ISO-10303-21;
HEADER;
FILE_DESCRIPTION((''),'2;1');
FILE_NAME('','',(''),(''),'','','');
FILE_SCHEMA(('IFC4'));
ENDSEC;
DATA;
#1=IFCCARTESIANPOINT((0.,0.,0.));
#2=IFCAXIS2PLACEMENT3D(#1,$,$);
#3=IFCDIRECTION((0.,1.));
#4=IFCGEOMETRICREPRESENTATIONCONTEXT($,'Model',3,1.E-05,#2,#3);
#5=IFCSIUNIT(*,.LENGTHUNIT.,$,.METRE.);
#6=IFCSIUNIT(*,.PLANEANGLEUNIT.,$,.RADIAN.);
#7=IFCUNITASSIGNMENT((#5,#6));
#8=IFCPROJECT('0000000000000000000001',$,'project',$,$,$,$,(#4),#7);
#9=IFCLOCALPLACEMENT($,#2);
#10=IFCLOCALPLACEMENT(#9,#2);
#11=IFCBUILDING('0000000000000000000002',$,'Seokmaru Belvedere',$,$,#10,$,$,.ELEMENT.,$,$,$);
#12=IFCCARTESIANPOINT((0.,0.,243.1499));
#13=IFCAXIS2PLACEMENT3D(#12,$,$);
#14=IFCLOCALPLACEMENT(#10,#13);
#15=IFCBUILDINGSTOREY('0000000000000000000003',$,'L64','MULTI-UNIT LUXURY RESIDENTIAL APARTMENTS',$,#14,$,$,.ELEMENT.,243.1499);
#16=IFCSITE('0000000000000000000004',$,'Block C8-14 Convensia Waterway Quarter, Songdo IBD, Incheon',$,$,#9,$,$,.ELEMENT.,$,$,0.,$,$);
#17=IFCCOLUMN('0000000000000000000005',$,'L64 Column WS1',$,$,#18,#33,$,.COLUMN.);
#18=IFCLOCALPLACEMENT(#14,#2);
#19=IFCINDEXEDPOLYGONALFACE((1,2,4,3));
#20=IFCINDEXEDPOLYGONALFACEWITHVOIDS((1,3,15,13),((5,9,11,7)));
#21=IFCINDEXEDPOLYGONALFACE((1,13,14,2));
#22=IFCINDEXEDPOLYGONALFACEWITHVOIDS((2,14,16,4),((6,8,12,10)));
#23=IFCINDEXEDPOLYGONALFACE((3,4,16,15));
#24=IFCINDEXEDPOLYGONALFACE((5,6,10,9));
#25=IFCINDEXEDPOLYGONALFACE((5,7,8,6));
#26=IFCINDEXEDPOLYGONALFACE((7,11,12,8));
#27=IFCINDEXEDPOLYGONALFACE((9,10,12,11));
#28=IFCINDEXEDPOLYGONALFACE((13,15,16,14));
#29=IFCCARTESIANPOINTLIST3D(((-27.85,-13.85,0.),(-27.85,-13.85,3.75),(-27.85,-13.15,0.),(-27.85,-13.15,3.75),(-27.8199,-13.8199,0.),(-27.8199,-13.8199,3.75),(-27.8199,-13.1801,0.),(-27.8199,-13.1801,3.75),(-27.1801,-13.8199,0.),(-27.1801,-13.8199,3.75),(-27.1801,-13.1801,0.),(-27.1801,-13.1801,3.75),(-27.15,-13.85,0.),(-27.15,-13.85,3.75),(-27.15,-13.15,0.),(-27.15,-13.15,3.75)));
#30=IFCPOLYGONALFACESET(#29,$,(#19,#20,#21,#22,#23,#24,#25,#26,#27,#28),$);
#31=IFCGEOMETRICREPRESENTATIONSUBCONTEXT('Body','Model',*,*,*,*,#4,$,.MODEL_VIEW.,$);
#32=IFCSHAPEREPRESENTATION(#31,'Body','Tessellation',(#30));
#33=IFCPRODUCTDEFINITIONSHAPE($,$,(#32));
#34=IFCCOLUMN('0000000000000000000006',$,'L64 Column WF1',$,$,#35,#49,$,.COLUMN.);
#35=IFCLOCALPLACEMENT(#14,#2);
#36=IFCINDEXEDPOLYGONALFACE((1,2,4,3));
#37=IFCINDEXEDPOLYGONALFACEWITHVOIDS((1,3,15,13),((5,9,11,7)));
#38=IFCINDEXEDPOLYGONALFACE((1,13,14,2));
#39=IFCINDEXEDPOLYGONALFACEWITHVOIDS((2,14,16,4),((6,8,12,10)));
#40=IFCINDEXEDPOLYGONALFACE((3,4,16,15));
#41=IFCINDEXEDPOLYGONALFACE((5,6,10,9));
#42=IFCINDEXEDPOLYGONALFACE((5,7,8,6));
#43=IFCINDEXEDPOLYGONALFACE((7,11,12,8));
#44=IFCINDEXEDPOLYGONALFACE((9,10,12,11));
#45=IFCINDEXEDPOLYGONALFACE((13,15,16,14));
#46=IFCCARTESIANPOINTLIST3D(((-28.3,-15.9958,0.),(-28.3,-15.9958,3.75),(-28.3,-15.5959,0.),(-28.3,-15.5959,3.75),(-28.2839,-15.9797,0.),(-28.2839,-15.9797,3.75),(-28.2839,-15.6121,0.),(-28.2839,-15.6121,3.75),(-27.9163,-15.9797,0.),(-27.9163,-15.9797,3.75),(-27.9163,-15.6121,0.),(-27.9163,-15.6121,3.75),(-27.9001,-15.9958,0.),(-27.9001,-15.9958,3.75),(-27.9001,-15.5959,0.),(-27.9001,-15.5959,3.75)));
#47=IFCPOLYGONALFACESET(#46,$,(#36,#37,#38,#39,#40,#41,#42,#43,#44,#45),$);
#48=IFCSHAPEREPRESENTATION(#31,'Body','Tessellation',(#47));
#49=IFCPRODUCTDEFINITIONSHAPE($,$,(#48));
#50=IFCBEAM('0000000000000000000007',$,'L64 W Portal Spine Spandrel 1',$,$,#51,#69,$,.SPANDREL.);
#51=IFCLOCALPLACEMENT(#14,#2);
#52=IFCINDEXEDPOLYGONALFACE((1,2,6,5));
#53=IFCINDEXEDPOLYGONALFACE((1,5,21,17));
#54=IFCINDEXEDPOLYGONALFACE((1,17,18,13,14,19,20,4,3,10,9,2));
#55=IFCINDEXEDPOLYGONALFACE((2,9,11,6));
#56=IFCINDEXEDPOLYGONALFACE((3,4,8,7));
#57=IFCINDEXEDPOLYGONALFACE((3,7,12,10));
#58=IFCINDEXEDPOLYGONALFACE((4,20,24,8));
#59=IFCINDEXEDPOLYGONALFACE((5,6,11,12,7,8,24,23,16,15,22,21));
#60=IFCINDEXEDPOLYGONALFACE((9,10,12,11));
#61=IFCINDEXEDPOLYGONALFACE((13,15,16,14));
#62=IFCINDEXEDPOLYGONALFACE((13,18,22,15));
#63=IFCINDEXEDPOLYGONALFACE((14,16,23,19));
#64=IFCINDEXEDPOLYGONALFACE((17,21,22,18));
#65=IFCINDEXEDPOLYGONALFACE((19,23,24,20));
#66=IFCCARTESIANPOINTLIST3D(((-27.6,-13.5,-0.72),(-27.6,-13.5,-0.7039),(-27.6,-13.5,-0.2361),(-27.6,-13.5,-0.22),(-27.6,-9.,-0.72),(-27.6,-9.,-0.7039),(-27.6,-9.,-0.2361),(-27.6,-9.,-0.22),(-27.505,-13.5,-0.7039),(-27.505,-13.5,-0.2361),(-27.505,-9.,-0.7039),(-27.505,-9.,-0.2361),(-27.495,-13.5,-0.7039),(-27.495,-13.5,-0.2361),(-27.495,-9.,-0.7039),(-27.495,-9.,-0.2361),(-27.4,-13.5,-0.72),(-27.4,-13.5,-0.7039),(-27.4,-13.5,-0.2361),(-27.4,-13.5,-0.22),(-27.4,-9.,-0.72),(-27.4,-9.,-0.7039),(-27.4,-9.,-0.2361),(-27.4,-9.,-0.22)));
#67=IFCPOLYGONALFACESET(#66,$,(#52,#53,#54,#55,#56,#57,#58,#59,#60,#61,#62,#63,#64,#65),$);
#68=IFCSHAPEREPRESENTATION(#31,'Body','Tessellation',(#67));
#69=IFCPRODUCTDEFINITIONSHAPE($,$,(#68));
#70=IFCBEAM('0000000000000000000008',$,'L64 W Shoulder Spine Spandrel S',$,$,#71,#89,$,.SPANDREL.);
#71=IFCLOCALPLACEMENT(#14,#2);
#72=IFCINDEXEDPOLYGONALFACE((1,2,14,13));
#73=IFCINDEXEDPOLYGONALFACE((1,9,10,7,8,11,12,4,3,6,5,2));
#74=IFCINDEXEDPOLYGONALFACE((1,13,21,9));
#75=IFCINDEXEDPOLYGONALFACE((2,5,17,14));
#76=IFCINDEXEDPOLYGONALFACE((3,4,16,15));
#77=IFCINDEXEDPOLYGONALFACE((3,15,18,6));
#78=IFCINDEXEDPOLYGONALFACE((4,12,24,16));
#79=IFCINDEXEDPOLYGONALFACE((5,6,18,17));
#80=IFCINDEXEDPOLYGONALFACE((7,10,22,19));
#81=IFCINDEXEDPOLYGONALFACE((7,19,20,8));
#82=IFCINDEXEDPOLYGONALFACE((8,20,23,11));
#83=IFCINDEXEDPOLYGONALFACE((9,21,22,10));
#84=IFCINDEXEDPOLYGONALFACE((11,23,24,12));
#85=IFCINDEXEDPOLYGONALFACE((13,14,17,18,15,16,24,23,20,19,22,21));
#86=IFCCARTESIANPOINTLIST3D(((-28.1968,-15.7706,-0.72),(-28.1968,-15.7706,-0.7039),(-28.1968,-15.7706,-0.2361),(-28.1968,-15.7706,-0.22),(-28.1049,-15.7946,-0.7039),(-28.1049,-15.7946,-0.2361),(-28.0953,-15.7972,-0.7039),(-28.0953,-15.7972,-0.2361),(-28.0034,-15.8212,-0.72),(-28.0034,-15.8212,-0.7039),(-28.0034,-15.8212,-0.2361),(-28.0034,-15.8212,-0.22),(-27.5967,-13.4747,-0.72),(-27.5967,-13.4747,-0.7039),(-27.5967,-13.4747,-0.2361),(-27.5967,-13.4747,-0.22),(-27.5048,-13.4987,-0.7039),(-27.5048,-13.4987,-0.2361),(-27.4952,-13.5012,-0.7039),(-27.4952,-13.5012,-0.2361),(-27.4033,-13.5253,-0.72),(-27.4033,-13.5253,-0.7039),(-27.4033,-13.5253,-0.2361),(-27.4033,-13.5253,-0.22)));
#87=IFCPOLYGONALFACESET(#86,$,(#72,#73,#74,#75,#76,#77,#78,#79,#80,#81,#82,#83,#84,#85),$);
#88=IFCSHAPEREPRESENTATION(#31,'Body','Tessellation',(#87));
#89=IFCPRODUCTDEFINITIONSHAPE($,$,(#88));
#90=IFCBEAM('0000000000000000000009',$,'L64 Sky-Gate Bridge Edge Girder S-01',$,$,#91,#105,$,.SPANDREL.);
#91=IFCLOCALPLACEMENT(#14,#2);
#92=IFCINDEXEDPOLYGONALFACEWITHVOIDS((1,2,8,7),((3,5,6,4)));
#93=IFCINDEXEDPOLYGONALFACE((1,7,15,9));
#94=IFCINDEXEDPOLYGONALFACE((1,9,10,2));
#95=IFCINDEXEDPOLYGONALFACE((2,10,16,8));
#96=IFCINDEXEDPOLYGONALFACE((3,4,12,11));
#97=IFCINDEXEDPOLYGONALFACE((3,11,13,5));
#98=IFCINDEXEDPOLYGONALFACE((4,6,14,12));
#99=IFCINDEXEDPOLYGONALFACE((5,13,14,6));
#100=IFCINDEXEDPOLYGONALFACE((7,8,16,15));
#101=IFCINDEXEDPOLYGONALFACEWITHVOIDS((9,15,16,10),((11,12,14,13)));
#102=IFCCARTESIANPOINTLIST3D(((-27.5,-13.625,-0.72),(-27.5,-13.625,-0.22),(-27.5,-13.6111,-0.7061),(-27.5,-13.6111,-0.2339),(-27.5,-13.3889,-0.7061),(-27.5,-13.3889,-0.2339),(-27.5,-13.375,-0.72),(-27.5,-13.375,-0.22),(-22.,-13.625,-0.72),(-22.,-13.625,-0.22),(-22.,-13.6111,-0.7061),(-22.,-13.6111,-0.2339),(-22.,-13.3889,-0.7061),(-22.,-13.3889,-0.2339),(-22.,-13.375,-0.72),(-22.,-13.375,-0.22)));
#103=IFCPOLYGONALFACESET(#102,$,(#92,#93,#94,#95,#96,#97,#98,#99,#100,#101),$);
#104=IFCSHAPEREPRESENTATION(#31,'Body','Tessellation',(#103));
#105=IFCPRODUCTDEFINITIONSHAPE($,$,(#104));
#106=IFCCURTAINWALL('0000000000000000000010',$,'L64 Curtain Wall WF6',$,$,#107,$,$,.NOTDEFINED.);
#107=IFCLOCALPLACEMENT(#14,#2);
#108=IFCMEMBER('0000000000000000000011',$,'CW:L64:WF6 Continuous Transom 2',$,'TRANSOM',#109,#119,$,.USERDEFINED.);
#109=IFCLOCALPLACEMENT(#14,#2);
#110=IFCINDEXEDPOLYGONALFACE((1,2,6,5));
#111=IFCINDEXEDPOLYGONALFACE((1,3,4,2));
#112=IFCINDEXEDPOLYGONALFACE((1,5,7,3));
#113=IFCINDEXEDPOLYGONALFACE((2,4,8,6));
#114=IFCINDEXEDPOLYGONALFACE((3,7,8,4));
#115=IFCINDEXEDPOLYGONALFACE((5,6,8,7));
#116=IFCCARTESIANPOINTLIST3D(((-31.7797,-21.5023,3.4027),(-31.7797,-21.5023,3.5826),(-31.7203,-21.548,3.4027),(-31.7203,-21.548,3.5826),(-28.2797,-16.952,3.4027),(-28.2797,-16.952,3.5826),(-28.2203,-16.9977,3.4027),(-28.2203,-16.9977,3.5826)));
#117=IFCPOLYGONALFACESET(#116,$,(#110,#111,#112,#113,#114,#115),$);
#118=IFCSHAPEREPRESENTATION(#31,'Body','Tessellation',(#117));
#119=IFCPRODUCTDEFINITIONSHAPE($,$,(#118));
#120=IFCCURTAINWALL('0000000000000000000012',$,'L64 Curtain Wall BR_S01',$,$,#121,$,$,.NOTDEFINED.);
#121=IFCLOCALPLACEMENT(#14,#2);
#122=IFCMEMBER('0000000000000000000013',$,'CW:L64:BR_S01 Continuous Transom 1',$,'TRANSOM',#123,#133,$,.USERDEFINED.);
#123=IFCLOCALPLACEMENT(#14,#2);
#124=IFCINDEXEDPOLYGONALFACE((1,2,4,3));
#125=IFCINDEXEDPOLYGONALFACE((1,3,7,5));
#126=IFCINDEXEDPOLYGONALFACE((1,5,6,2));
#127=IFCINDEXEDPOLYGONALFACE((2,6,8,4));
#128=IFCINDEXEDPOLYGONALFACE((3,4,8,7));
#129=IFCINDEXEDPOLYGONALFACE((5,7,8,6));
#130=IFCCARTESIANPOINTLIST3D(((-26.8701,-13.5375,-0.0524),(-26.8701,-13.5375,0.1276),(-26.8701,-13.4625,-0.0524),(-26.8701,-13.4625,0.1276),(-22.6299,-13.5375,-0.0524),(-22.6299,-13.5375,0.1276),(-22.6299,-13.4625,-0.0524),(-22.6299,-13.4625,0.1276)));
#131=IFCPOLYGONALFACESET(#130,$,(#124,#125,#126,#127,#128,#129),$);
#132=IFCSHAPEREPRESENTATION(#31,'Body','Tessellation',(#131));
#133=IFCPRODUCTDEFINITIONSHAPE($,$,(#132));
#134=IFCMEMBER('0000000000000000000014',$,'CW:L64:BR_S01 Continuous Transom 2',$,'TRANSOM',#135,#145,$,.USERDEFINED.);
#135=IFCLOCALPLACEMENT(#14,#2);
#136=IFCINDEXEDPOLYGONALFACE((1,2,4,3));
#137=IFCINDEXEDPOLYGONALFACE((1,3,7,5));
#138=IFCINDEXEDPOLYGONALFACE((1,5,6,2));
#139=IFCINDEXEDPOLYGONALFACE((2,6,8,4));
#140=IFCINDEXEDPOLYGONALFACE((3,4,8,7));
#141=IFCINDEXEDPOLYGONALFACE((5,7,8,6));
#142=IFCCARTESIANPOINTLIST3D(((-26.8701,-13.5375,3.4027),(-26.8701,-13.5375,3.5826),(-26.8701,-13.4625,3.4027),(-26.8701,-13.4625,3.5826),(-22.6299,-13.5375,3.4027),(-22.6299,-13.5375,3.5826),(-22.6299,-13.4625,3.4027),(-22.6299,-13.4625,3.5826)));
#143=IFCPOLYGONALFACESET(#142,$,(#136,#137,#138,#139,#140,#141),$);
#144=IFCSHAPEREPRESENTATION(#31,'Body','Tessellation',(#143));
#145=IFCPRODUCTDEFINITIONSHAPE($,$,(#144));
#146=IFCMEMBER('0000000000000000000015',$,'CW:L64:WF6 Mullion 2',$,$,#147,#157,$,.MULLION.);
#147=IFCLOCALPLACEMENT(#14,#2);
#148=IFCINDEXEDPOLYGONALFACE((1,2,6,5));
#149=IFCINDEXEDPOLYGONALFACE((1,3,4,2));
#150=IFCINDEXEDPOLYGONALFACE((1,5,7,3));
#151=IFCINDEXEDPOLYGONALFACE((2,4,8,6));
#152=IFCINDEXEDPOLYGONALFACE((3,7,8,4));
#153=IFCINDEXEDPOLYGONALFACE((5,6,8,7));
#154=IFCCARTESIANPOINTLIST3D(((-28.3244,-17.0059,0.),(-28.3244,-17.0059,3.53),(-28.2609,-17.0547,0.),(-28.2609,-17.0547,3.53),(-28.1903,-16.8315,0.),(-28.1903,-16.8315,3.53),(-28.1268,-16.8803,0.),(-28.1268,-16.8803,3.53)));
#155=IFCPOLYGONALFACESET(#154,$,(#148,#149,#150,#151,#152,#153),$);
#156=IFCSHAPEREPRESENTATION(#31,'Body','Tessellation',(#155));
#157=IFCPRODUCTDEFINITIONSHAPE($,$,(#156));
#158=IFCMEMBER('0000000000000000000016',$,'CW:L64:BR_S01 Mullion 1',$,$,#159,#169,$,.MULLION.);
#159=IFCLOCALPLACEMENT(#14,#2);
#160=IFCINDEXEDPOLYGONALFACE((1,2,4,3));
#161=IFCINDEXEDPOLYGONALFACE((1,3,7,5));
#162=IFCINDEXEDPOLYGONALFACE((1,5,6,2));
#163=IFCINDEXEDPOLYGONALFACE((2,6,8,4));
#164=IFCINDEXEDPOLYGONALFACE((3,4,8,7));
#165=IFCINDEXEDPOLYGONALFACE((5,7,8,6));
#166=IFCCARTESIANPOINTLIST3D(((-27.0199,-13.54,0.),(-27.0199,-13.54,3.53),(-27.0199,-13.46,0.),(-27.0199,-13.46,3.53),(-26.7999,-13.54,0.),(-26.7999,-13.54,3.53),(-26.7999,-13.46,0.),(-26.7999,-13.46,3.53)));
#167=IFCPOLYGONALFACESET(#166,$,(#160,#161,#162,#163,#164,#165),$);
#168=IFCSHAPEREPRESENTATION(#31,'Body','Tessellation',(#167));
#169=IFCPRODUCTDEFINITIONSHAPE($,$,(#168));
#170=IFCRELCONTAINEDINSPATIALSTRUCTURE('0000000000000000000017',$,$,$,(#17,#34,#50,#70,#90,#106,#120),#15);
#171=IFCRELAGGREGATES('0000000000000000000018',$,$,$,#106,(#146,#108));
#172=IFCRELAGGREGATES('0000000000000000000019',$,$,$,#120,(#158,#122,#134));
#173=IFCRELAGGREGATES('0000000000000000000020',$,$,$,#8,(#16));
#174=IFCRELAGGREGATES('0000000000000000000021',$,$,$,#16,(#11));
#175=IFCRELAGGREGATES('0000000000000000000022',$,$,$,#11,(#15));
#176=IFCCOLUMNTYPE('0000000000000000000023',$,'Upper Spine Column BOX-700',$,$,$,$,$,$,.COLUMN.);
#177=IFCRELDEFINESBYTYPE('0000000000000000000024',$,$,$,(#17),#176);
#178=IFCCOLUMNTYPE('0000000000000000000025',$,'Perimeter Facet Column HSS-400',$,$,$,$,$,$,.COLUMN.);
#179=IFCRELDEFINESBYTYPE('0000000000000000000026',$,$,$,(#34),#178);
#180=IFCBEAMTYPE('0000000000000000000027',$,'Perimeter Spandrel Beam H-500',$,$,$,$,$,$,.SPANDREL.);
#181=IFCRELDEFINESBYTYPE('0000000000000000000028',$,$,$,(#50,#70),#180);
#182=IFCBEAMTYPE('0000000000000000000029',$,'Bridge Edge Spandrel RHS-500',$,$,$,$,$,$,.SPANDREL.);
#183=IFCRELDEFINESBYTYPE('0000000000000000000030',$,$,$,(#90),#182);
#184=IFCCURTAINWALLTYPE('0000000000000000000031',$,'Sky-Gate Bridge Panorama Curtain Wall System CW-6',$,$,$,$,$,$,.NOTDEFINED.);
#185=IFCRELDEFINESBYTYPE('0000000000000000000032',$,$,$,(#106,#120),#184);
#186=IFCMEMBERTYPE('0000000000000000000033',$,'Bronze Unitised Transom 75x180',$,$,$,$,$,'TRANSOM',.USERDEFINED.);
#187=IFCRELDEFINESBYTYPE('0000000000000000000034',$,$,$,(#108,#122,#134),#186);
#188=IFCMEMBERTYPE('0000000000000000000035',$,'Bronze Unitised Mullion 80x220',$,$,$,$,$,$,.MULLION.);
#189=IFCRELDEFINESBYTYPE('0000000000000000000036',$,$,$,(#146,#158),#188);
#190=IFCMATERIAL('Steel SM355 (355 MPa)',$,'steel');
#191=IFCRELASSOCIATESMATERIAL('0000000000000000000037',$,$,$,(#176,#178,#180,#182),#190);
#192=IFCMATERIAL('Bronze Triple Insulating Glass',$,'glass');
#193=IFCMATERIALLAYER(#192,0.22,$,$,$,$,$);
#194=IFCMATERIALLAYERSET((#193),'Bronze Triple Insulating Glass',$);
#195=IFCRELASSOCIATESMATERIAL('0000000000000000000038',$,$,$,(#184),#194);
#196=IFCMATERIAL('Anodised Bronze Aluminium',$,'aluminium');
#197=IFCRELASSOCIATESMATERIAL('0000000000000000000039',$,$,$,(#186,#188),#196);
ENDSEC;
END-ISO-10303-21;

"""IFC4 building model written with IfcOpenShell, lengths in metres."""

from ifc_helpers import new_model, si_unit, direction, frame, origin, origin_2d, place, context, subcontext, project, spatial, rectangle, hollow_rectangle, i_section, extrude, source, transform, mapped, material, layer, layer_set, material_profile, profile_set, type_object, type_shapes, element, aggregate, save


model = new_model("IFC4")

# Units and contexts
model_context = context("Model", 3, precision=1e-05, world=origin(), true_north=direction((0.0, 1.0)))
body_context = subcontext(model_context, "Body", "Model", "MODEL_VIEW")
ifc_project = project(units=[si_unit("LENGTHUNIT", "METRE"), si_unit("PLANEANGLEUNIT", "RADIAN")], contexts=[model_context])

# Site, building, storey
site_placement = place(None, origin())
site = spatial("IfcSite", under=ifc_project, at=site_placement, Name="Block C8-14 Convensia Waterway Quarter, Songdo IBD, Incheon", CompositionType="ELEMENT", RefElevation=0.0)
building_placement = place(site_placement, origin())
building = spatial("IfcBuilding", under=site, at=building_placement, Name="Seokmaru Belvedere", CompositionType="ELEMENT")
storey_placement = place(building_placement, frame((0.0, 0.0, 243.1499)))
storey = spatial("IfcBuildingStorey", under=building, at=storey_placement, Name="L64", Description="MULTI-UNIT LUXURY RESIDENTIAL APARTMENTS", CompositionType="ELEMENT", Elevation=243.1499)

# Columns
ifc_material_1 = material(Name="Steel SM355 (355 MPa)", Category="steel")
ifc_material_profile_1 = material_profile(ifc_material_1, hollow_rectangle(XDim=0.7, YDim=0.7, WallThickness=0.03, at=origin_2d()), Name="BOX-700x700x30")
ifc_profile_set_1 = profile_set([ifc_material_profile_1], Name="Steel SM355 (355 MPa)")
column_type_1 = type_object("IfcColumnType", Name="Upper Spine Column BOX-700", PredefinedType="COLUMN", material=ifc_profile_set_1)
shared_shape_1 = source(origin(), body_context, "Body", "SweptSolid", [
    extrude(hollow_rectangle(XDim=0.7, YDim=0.7, WallThickness=0.03, at=origin_2d()), origin(), (0.0, 0.0, 1.0), 3.75),
])
type_shapes(column_type_1, [shared_shape_1])
column_1_placement = place(storey_placement, frame((-27.5, -13.5, 0.0), z_axis=(0.0, 0.0, 1.0), x_axis=(1.0, 0.0, 0.0)))
element("IfcColumn", 1, at=column_1_placement, inside=storey, type_object=column_type_1, Name="L64 Column WS1", PredefinedType="COLUMN", context=body_context, shape_type="MappedRepresentation", body=[
    mapped(shared_shape_1, transform((0.0, 0.0, 0.0), scale=1.0)),
])
ifc_material_profile_2 = material_profile(ifc_material_1, hollow_rectangle(XDim=0.3999, YDim=0.3999, WallThickness=0.0161, at=origin_2d()), Name="HSS-400x400x16")
ifc_profile_set_2 = profile_set([ifc_material_profile_2], Name="Steel SM355 (355 MPa)")
column_type_2 = type_object("IfcColumnType", Name="Perimeter Facet Column HSS-400", PredefinedType="COLUMN", material=ifc_profile_set_2)
shared_shape_2 = source(origin(), body_context, "Body", "SweptSolid", [
    extrude(hollow_rectangle(XDim=0.3999, YDim=0.3999, WallThickness=0.0161, at=origin_2d()), origin(), (0.0, 0.0, 1.0), 3.75),
])
type_shapes(column_type_2, [shared_shape_2])
column_2_placement = place(storey_placement, frame((-28.1001, -15.7959, 0.0), z_axis=(0.0, 0.0, 1.0), x_axis=(1.0, 0.0, 0.0)))
element("IfcColumn", 2, at=column_2_placement, inside=storey, type_object=column_type_2, Name="L64 Column WF1", PredefinedType="COLUMN", context=body_context, shape_type="MappedRepresentation", body=[
    mapped(shared_shape_2, transform((0.0, 0.0, 0.0), scale=1.0)),
])

# Beams
ifc_material_profile_3 = material_profile(ifc_material_1, i_section(OverallWidth=0.2, OverallDepth=0.5, WebThickness=0.01, FlangeThickness=0.0161, at=origin_2d()), Name="H-500x200x10x16")
ifc_profile_set_3 = profile_set([ifc_material_profile_3], Name="Steel SM355 (355 MPa)")
beam_type_1 = type_object("IfcBeamType", Name="Perimeter Spandrel Beam H-500", PredefinedType="SPANDREL", material=ifc_profile_set_3)
shared_shape_3 = source(origin(), body_context, "Body", "SweptSolid", [
    extrude(i_section(OverallWidth=0.2, OverallDepth=0.5, WebThickness=0.01, FlangeThickness=0.0161, at=origin_2d()), origin(), (0.0, 0.0, 1.0), 4.5),
])
beam_1_placement = place(storey_placement, frame((-27.5, -13.5, -0.47), z_axis=(0.0, 1.0, 0.0), x_axis=(-1.0, 0.0, 0.0)))
element("IfcBeam", 3, at=beam_1_placement, inside=storey, type_object=beam_type_1, Name="L64 W Portal Spine Spandrel 1", PredefinedType="SPANDREL", context=body_context, shape_type="MappedRepresentation", body=[
    mapped(shared_shape_3, transform((0.0, 0.0, 0.0), scale=1.0)),
])
shared_shape_4 = source(origin(), body_context, "Body", "SweptSolid", [
    extrude(i_section(OverallWidth=0.2, OverallDepth=0.5, WebThickness=0.01, FlangeThickness=0.0161, at=origin_2d()), origin(), (0.0, 0.0, 1.0), 2.373),
])
type_shapes(beam_type_1, [shared_shape_3, shared_shape_4])
beam_2_placement = place(storey_placement, frame((-28.1001, -15.7959, -0.47), z_axis=(0.252883, 0.967497, 0.0), x_axis=(-0.967497, 0.252883, 0.0)))
element("IfcBeam", 4, at=beam_2_placement, inside=storey, type_object=beam_type_1, Name="L64 W Shoulder Spine Spandrel S", PredefinedType="SPANDREL", context=body_context, shape_type="MappedRepresentation", body=[
    mapped(shared_shape_4, transform((0.0, 0.0, 0.0), scale=1.0)),
])
ifc_material_profile_4 = material_profile(ifc_material_1, hollow_rectangle(XDim=0.25, YDim=0.5, WallThickness=0.0139, at=origin_2d()), Name="RHS-500x250x14")
ifc_profile_set_4 = profile_set([ifc_material_profile_4], Name="Steel SM355 (355 MPa)")
beam_type_2 = type_object("IfcBeamType", Name="Bridge Edge Spandrel RHS-500", PredefinedType="SPANDREL", material=ifc_profile_set_4)
shared_shape_5 = source(origin(), body_context, "Body", "SweptSolid", [
    extrude(hollow_rectangle(XDim=0.25, YDim=0.5, WallThickness=0.0139, at=origin_2d()), origin(), (0.0, 0.0, 1.0), 5.5),
])
type_shapes(beam_type_2, [shared_shape_5])
beam_3_placement = place(storey_placement, frame((-27.5, -13.5, -0.47), z_axis=(1.0, 0.0, 0.0), x_axis=(0.0, 1.0, 0.0)))
element("IfcBeam", 5, at=beam_3_placement, inside=storey, type_object=beam_type_2, Name="L64 Sky-Gate Bridge Edge Girder S-01", PredefinedType="SPANDREL", context=body_context, shape_type="MappedRepresentation", body=[
    mapped(shared_shape_5, transform((0.0, 0.0, 0.0), scale=1.0)),
])

# Curtain wall, member
ifc_material_2 = material(Name="Bronze Triple Insulating Glass", Category="glass")
ifc_layer_1 = layer(ifc_material_2, 0.22)
ifc_layer_set_1 = layer_set([ifc_layer_1], Name="Bronze Triple Insulating Glass")
curtain_wall_type = type_object("IfcCurtainWallType", Name="Sky-Gate Bridge Panorama Curtain Wall System CW-6", PredefinedType="NOTDEFINED", material=ifc_layer_set_1)
curtain_wall_1_placement = place(storey_placement, origin())
curtain_wall_1 = element("IfcCurtainWall", 6, at=curtain_wall_1_placement, inside=storey, type_object=curtain_wall_type, Name="L64 Curtain Wall WF6", PredefinedType="NOTDEFINED")
ifc_material_3 = material(Name="Anodised Bronze Aluminium", Category="aluminium")
ifc_material_profile_5 = material_profile(ifc_material_3, rectangle(XDim=0.075, YDim=0.1799, at=origin_2d()), Name="CW-T-75x180")
ifc_profile_set_5 = profile_set([ifc_material_profile_5], Name="Anodised Bronze Aluminium")
member_type_1 = type_object("IfcMemberType", Name="Bronze Unitised Transom 75x180", ElementType="TRANSOM", PredefinedType="USERDEFINED", material=ifc_profile_set_5)
shared_shape_6 = source(origin(), body_context, "Body", "SweptSolid", [
    extrude(rectangle(XDim=0.075, YDim=0.1799, at=origin_2d()), origin(), (0.0, 0.0, 1.0), 5.7407),
])
member_1_placement = place(storey_placement, frame((-31.75, -21.5251, 3.4927), z_axis=(0.609686, 0.792643, 0.0), x_axis=(-0.792643, 0.609686, 0.0)))
member_1 = element("IfcMember", 7, at=member_1_placement, type_object=member_type_1, Name="CW:L64:WF6 Continuous Transom 2", ObjectType="TRANSOM", PredefinedType="USERDEFINED", context=body_context, shape_type="MappedRepresentation", body=[
    mapped(shared_shape_6, transform((0.0, 0.0, 0.0), scale=1.0)),
])

# Curtain wall, members
curtain_wall_2_placement = place(storey_placement, origin())
curtain_wall_2 = element("IfcCurtainWall", 8, at=curtain_wall_2_placement, inside=storey, type_object=curtain_wall_type, Name="L64 Curtain Wall BR_S01", PredefinedType="NOTDEFINED")
shared_shape_7 = source(origin(), body_context, "Body", "SweptSolid", [
    extrude(rectangle(XDim=0.075, YDim=0.1799, at=origin_2d()), origin(), (0.0, 0.0, 1.0), 4.2402),
])
type_shapes(member_type_1, [shared_shape_6, shared_shape_7])
member_2_placement = place(storey_placement, frame((-26.8701, -13.5, 0.0376), z_axis=(1.0, 0.0, 0.0), x_axis=(0.0, 1.0, 0.0)))
member_2 = element("IfcMember", 9, at=member_2_placement, type_object=member_type_1, Name="CW:L64:BR_S01 Continuous Transom 1", ObjectType="TRANSOM", PredefinedType="USERDEFINED", context=body_context, shape_type="MappedRepresentation", body=[
    mapped(shared_shape_7, transform((0.0, 0.0, 0.0), scale=1.0)),
])
member_3_placement = place(storey_placement, frame((-26.8701, -13.5, 3.4927), z_axis=(1.0, 0.0, 0.0), x_axis=(0.0, 1.0, 0.0)))
member_3 = element("IfcMember", 10, at=member_3_placement, type_object=member_type_1, Name="CW:L64:BR_S01 Continuous Transom 2", ObjectType="TRANSOM", PredefinedType="USERDEFINED", context=body_context, shape_type="MappedRepresentation", body=[
    mapped(shared_shape_7, transform((0.0, 0.0, 0.0), scale=1.0)),
])

# Members
ifc_material_profile_6 = material_profile(ifc_material_3, rectangle(XDim=0.0801, YDim=0.22, at=origin_2d()), Name="CW-M-80x220")
ifc_profile_set_6 = profile_set([ifc_material_profile_6], Name="Anodised Bronze Aluminium")
member_type_2 = type_object("IfcMemberType", Name="Bronze Unitised Mullion 80x220", PredefinedType="MULLION", material=ifc_profile_set_6)
shared_shape_8 = source(origin(), body_context, "Body", "SweptSolid", [
    extrude(rectangle(XDim=0.0801, YDim=0.22, at=origin_2d()), origin(), (0.0, 0.0, 1.0), 3.53),
])
type_shapes(member_type_2, [shared_shape_8])
member_4_placement = place(storey_placement, frame((-28.2256, -16.9431, 0.0), z_axis=(0.0, 0.0, 1.0), x_axis=(-0.792631, 0.609701, 0.0)))
member_4 = element("IfcMember", 11, at=member_4_placement, type_object=member_type_2, Name="CW:L64:WF6 Mullion 2", PredefinedType="MULLION", context=body_context, shape_type="MappedRepresentation", body=[
    mapped(shared_shape_8, transform((0.0, 0.0, 0.0), scale=1.0)),
])
member_5_placement = place(storey_placement, frame((-26.9099, -13.5, 0.0), z_axis=(0.0, 0.0, 1.0), x_axis=(0.0, 1.0, 0.0)))
member_5 = element("IfcMember", 12, at=member_5_placement, type_object=member_type_2, Name="CW:L64:BR_S01 Mullion 1", PredefinedType="MULLION", context=body_context, shape_type="MappedRepresentation", body=[
    mapped(shared_shape_8, transform((0.0, 0.0, 0.0), scale=1.0)),
])

aggregate(curtain_wall_1, [member_4, member_1])
aggregate(curtain_wall_2, [member_5, member_2, member_3])

save(model, "model.ifc")
